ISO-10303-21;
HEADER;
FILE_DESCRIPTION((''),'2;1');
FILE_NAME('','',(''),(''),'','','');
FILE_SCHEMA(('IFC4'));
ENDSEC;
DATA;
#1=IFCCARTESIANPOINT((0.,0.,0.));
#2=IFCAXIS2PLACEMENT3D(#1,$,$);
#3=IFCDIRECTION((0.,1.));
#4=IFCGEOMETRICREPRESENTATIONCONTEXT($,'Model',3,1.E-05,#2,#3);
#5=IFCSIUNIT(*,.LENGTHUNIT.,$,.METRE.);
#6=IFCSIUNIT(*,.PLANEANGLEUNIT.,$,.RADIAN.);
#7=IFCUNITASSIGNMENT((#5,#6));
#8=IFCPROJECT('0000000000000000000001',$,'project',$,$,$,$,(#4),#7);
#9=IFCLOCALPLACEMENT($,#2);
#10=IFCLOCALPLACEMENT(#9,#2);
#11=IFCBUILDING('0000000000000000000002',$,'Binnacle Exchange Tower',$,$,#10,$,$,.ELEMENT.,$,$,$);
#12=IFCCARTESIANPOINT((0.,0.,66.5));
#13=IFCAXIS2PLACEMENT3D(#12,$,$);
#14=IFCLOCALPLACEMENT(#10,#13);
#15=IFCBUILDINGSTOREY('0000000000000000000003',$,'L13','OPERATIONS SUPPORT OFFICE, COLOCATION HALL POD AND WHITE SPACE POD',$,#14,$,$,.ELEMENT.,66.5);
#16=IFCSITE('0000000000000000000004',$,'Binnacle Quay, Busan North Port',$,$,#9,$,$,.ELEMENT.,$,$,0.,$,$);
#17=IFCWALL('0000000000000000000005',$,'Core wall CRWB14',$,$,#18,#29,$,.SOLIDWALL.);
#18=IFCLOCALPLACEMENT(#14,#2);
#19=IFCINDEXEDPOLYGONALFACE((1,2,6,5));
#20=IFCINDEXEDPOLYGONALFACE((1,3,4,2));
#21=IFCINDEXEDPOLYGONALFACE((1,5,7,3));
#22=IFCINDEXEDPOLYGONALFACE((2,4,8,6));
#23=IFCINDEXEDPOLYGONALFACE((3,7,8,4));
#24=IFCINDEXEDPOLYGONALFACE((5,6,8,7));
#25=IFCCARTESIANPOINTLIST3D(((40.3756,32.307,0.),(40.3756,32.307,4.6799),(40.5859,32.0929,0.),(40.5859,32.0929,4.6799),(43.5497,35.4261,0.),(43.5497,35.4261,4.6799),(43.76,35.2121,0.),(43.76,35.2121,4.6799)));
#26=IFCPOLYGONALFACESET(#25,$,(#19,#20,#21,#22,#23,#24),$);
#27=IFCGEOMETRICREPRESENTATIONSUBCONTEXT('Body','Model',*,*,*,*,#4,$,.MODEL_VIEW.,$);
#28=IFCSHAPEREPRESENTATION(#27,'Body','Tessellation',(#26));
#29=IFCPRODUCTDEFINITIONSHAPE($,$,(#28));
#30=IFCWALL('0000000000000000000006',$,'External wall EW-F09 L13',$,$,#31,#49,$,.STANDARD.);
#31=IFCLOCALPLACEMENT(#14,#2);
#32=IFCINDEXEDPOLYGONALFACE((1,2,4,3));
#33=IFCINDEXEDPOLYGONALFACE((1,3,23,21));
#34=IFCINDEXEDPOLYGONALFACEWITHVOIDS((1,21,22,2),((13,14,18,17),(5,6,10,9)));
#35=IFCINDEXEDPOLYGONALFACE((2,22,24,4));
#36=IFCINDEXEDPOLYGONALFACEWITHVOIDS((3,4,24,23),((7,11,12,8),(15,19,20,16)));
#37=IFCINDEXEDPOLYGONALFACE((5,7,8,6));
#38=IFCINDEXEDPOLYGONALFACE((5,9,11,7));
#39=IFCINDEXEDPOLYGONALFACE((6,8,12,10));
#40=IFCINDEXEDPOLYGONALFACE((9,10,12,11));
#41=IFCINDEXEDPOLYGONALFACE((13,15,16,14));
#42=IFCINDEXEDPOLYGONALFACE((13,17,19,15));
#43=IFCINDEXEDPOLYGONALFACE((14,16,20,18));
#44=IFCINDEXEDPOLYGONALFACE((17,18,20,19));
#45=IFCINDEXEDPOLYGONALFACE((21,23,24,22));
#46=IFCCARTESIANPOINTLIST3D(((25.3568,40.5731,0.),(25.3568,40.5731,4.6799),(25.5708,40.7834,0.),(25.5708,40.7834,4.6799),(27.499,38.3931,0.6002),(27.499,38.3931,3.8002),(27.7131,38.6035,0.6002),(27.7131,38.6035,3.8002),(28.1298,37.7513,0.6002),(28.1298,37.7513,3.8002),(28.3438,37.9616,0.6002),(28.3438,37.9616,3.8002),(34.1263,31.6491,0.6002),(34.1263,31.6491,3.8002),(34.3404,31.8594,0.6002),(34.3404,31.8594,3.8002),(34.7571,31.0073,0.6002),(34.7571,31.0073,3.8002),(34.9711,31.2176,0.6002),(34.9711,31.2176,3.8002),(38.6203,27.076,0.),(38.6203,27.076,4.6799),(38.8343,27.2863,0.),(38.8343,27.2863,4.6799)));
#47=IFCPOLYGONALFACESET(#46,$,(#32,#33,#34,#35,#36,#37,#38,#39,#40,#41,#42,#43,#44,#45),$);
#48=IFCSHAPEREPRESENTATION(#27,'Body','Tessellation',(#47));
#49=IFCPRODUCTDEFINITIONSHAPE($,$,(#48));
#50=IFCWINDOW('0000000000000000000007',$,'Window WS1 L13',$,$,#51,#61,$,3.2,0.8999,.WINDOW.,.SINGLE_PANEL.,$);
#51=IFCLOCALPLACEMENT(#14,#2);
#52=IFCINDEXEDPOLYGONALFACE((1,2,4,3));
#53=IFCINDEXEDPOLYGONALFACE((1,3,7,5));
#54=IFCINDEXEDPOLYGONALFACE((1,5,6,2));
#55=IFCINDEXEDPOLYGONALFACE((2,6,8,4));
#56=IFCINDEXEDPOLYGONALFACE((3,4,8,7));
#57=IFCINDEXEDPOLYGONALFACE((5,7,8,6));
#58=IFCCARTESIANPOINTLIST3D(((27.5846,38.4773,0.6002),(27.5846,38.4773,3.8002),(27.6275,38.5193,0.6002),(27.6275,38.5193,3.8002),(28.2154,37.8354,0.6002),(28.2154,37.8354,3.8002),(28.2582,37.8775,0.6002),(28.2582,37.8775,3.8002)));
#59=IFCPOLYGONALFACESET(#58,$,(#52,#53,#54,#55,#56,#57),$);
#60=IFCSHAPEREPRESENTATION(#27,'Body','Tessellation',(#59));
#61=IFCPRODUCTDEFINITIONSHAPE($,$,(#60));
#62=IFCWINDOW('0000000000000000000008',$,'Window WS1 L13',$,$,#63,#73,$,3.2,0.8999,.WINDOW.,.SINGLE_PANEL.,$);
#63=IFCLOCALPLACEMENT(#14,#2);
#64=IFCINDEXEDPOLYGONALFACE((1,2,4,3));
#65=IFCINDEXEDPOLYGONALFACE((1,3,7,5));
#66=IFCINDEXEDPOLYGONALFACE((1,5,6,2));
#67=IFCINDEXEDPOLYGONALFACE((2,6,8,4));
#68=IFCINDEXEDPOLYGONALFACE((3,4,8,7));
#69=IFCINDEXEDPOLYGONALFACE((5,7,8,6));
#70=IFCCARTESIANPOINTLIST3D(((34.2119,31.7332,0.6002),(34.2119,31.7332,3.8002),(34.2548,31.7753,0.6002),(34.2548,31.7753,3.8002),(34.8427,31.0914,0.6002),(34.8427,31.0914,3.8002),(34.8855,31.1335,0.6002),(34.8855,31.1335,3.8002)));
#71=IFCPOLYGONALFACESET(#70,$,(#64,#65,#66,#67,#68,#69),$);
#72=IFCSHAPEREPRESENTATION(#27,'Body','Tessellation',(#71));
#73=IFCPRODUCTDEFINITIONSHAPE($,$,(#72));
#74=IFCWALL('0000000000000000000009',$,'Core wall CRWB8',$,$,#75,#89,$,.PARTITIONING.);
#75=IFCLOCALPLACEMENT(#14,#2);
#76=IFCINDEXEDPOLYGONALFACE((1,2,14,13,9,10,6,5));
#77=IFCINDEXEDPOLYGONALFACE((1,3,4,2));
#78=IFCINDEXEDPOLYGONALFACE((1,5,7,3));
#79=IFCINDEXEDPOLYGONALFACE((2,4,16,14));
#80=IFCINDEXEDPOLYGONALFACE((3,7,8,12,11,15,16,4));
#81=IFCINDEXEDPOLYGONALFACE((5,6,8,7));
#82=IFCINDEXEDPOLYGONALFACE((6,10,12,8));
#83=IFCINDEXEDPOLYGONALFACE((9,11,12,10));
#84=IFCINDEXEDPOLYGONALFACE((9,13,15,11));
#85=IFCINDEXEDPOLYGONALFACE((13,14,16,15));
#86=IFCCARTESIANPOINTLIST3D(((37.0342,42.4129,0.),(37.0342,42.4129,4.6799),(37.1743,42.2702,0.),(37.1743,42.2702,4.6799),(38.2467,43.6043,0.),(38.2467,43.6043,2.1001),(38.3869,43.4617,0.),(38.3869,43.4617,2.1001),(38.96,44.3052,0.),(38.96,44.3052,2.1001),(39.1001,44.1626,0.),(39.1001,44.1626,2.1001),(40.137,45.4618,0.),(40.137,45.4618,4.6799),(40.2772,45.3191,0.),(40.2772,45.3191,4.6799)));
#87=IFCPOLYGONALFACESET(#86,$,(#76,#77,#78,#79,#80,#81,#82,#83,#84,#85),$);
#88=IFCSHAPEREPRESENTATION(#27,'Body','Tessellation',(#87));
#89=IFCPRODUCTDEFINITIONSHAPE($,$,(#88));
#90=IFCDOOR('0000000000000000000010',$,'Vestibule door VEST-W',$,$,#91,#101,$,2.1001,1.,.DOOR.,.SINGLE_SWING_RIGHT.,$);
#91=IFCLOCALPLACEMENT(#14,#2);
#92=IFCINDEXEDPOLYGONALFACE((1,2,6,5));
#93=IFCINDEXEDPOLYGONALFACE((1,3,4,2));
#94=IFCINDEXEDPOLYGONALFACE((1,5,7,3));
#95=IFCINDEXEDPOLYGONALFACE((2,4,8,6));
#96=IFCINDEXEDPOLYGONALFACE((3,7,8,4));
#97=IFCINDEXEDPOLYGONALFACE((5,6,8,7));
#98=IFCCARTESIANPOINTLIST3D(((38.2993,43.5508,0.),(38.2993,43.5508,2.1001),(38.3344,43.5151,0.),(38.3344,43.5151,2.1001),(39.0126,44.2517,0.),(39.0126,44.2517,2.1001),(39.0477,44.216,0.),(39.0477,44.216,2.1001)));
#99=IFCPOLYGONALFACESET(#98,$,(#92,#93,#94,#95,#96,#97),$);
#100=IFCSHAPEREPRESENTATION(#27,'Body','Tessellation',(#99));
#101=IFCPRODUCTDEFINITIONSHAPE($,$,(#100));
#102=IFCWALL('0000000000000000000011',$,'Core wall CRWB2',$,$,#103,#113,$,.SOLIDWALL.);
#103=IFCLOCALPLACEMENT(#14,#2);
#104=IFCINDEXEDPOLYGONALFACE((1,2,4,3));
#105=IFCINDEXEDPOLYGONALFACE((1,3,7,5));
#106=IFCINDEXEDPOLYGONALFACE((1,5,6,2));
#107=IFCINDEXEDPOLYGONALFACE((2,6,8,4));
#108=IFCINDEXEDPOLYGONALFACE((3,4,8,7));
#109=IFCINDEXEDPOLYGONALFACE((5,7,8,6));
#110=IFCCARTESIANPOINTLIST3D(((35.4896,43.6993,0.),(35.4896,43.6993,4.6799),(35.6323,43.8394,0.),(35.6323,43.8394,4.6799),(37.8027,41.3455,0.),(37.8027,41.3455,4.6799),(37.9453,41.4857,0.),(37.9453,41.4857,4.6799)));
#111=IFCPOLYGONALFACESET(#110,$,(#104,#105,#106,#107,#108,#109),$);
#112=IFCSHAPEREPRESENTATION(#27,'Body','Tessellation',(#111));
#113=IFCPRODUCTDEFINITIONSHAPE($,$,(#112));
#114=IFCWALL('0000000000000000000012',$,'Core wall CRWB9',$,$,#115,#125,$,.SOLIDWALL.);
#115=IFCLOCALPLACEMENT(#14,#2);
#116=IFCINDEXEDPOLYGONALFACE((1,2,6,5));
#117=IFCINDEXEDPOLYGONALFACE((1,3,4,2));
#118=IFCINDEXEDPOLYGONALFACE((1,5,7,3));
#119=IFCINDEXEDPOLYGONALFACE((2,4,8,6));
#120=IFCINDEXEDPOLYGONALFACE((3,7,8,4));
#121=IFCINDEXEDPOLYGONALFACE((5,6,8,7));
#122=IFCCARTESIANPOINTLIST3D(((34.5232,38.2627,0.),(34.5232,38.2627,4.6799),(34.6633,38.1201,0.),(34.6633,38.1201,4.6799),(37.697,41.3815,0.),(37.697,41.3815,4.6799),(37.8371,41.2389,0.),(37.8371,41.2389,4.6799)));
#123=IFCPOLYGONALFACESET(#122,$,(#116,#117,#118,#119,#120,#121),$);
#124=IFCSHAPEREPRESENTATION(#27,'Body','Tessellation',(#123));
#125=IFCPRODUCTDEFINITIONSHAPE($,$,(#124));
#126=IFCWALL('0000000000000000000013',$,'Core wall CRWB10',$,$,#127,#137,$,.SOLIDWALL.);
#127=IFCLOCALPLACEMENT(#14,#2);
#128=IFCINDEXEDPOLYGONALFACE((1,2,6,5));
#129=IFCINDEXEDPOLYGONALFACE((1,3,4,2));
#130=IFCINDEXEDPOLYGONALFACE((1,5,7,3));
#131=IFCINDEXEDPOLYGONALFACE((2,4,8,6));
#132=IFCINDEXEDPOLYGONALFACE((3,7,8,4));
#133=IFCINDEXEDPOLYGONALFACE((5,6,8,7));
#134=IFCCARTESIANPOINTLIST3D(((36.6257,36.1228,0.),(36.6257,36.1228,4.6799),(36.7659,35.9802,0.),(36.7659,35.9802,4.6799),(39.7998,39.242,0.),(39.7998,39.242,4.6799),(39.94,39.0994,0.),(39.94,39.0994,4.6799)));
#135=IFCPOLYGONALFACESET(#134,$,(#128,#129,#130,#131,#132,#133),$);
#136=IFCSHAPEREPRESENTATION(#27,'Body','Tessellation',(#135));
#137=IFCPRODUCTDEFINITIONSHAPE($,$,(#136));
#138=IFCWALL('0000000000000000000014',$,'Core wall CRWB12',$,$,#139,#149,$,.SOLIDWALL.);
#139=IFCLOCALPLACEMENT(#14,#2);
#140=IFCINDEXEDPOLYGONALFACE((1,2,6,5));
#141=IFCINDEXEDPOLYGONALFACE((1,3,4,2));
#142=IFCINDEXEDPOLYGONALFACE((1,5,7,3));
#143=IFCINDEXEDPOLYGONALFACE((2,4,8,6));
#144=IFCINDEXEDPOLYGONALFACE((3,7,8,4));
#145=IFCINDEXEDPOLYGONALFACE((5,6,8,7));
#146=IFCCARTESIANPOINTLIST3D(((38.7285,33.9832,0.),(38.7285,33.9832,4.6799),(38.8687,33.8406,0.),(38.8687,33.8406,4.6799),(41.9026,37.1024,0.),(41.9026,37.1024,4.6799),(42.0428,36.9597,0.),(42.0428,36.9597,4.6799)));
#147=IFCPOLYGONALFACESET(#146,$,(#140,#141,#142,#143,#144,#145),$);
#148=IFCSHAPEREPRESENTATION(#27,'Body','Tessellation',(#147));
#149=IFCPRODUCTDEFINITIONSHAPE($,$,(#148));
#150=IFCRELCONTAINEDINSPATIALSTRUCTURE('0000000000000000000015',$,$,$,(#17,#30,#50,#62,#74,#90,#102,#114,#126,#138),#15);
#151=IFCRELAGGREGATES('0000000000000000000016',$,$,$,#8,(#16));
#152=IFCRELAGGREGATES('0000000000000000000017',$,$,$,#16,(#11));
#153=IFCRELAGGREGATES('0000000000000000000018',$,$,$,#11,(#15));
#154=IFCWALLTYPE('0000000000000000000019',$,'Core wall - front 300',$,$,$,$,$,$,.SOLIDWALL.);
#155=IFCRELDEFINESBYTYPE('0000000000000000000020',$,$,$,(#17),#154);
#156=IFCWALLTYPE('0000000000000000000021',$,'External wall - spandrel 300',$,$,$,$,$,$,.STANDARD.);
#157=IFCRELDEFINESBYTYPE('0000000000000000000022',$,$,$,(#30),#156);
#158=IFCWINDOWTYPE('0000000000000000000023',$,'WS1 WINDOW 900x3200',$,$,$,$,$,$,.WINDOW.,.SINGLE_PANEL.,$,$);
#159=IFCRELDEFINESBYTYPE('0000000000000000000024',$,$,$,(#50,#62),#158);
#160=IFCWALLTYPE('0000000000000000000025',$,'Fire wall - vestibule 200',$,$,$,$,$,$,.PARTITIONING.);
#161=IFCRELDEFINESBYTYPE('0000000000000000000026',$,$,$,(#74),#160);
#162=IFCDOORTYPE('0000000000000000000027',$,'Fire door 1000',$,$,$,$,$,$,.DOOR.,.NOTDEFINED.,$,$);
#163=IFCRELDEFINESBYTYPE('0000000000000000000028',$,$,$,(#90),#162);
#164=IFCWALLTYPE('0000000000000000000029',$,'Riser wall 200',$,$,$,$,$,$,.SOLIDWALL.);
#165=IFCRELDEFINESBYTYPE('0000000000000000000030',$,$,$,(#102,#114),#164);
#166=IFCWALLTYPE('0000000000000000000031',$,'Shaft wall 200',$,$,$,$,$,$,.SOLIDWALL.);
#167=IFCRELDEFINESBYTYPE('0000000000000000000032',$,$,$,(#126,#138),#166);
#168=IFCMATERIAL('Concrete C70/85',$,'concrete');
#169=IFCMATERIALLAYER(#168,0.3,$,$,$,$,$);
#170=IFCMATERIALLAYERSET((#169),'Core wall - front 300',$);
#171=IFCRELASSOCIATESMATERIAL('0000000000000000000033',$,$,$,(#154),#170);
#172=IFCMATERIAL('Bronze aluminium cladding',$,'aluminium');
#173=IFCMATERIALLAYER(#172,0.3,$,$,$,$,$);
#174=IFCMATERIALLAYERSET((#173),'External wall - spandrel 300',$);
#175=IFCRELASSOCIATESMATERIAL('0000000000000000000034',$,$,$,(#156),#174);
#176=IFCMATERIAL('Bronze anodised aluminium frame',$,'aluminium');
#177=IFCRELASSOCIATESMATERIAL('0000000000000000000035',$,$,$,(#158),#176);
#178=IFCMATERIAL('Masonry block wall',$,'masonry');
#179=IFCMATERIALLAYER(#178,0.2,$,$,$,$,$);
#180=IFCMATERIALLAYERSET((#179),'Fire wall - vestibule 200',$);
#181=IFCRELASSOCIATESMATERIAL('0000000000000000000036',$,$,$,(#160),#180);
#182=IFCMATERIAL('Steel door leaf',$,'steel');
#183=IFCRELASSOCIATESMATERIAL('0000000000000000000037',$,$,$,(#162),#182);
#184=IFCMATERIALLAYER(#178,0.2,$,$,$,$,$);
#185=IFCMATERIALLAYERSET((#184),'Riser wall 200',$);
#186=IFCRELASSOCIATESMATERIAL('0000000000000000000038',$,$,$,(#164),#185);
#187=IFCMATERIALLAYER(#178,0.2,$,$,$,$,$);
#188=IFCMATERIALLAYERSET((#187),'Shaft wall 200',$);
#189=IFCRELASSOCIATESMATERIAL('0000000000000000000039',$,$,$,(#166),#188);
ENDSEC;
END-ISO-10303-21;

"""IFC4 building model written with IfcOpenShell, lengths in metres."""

from ifc_helpers import new_model, si_unit, direction, frame, frame_2d, origin, place, context, subcontext, project, spatial, rectangle, extrude, material, layer, layer_set, type_object, element, fill, save


model = new_model("IFC4")

# Units and contexts
model_context = context("Model", 3, precision=1e-05, world=origin(), true_north=direction((0.0, 1.0)))
body_context = subcontext(model_context, "Body", "Model", "MODEL_VIEW")
ifc_project = project(units=[si_unit("LENGTHUNIT", "METRE"), si_unit("PLANEANGLEUNIT", "RADIAN")], contexts=[model_context])

# Site, building, storey
site_placement = place(None, origin())
site = spatial("IfcSite", under=ifc_project, at=site_placement, Name="Binnacle Quay, Busan North Port", CompositionType="ELEMENT", RefElevation=0.0)
building_placement = place(site_placement, origin())
building = spatial("IfcBuilding", under=site, at=building_placement, Name="Binnacle Exchange Tower", CompositionType="ELEMENT")
storey_placement = place(building_placement, frame((0.0, 0.0, 66.5)))
storey = spatial("IfcBuildingStorey", under=building, at=storey_placement, Name="L13", Description="OPERATIONS SUPPORT OFFICE, COLOCATION HALL POD AND WHITE SPACE POD", CompositionType="ELEMENT", Elevation=66.5)

# Shared definitions
ifc_material_1 = material(Name="Concrete C70/85", Category="concrete")

# Shared definitions
ifc_layer_1 = layer(ifc_material_1, 0.3)
ifc_layer_set_1 = layer_set([ifc_layer_1], Name="Core wall - front 300")
wall_type_1 = type_object("IfcWallType", Name="Core wall - front 300", PredefinedType="SOLIDWALL", material=ifc_layer_set_1)
ifc_material_2 = material(Name="Steel door leaf", Category="steel")

# Wall
wall_1_placement = place(storey_placement, frame((40.4807, 32.2, 0.0), z_axis=(0.0, 0.0, 1.0), x_axis=(0.713252, 0.700908, 0.0)))
element("IfcWall", 1, at=wall_1_placement, inside=storey, type_object=wall_type_1, Name="Core wall CRWB14", PredefinedType="SOLIDWALL", context=body_context, shape_type="SweptSolid", body=[
    extrude(rectangle(XDim=4.4502, YDim=0.3, at=frame_2d((2.2251, 0.0))), origin(), (0.0, 0.0, 1.0), 4.6799),
])

# Wall, openings, windows
ifc_material_3 = material(Name="Bronze aluminium cladding", Category="aluminium")
ifc_layer_2 = layer(ifc_material_3, 0.3)
ifc_layer_set_2 = layer_set([ifc_layer_2], Name="External wall - spandrel 300")
wall_type_2 = type_object("IfcWallType", Name="External wall - spandrel 300", PredefinedType="STANDARD", material=ifc_layer_set_2)
wall_2_placement = place(storey_placement, frame((38.7273, 27.1812, 0.0), z_axis=(0.0, 0.0, 1.0), x_axis=(-0.700906, 0.713253, 0.0)))
wall_2 = element("IfcWall", 2, at=wall_2_placement, inside=storey, type_object=wall_type_2, Name="External wall EW-F09 L13", PredefinedType="STANDARD", context=body_context, shape_type="SweptSolid", body=[
    extrude(rectangle(XDim=18.9233, YDim=0.3, at=frame_2d((9.4617, 0.0))), origin(), (0.0, 0.0, 1.0), 4.6799),
])
opening_1_placement = place(wall_2_placement, frame((14.967, 0.0, 0.6001)))
opening_1 = element("IfcOpeningElement", 3, at=opening_1_placement, cuts=wall_2, PredefinedType="OPENING", context=body_context, shape_type="SweptSolid", body=[
    extrude(rectangle(XDim=0.8999, YDim=3.2, at=frame_2d((0.45, 1.6001))), frame((0.0, 0.1599, 0.0), z_axis=(0.0, -1.0, 0.0), x_axis=(1.0, 0.0, 0.0)), (0.0, 0.0, 1.0), 0.3201),
])
opening_2_placement = place(wall_2_placement, frame((5.5117, 0.0, 0.6001)))
opening_2 = element("IfcOpeningElement", 4, at=opening_2_placement, cuts=wall_2, PredefinedType="OPENING", context=body_context, shape_type="SweptSolid", body=[
    extrude(rectangle(XDim=0.8999, YDim=3.2, at=frame_2d((0.45, 1.6001))), frame((0.0, 0.1599, 0.0), z_axis=(0.0, -1.0, 0.0), x_axis=(1.0, 0.0, 0.0)), (0.0, 0.0, 1.0), 0.3201),
])
ifc_material_4 = material(Name="Bronze anodised aluminium frame", Category="aluminium")
window_type = type_object("IfcWindowType", Name="WS1 WINDOW 900x3200", PartitioningType="SINGLE_PANEL", PredefinedType="WINDOW", material=ifc_material_4)
window_1_placement = place(opening_1_placement, origin())
window_1 = element("IfcWindow", 5, at=window_1_placement, inside=storey, type_object=window_type, Name="Window WS1 L13", OverallHeight=3.2, OverallWidth=0.8999, PartitioningType="SINGLE_PANEL", PredefinedType="WINDOW", context=body_context, shape_type="SweptSolid", body=[
    extrude(rectangle(XDim=0.8999, YDim=3.2, at=frame_2d((0.45, 1.6001))), frame((0.0, 0.03, 0.0), z_axis=(0.0, -1.0, 0.0), x_axis=(1.0, 0.0, 0.0)), (0.0, 0.0, 1.0), 0.0601),
])
fill(opening_1, window_1)
window_2_placement = place(opening_2_placement, origin())
window_2 = element("IfcWindow", 6, at=window_2_placement, inside=storey, type_object=window_type, Name="Window WS1 L13", OverallHeight=3.2, OverallWidth=0.8999, PartitioningType="SINGLE_PANEL", PredefinedType="WINDOW", context=body_context, shape_type="SweptSolid", body=[
    extrude(rectangle(XDim=0.8999, YDim=3.2, at=frame_2d((0.45, 1.6001))), frame((0.0, 0.03, 0.0), z_axis=(0.0, -1.0, 0.0), x_axis=(1.0, 0.0, 0.0)), (0.0, 0.0, 1.0), 0.0601),
])
fill(opening_2, window_2)

# Wall, opening, door
ifc_material_5 = material(Name="Masonry block wall", Category="masonry")
ifc_layer_3 = layer(ifc_material_5, 0.2)
ifc_layer_set_3 = layer_set([ifc_layer_3], Name="Fire wall - vestibule 200")
wall_type_3 = type_object("IfcWallType", Name="Fire wall - vestibule 200", PredefinedType="PARTITIONING", material=ifc_layer_set_3)
wall_3_placement = place(storey_placement, frame((37.1042, 42.3416, 0.0), z_axis=(0.0, 0.0, 1.0), x_axis=(0.713281, 0.700878, 0.0)))
wall_3 = element("IfcWall", 7, at=wall_3_placement, inside=storey, type_object=wall_type_3, Name="Core wall CRWB8", PredefinedType="PARTITIONING", context=body_context, shape_type="SweptSolid", body=[
    extrude(rectangle(XDim=4.3501, YDim=0.2, at=frame_2d((2.175, 0.0))), origin(), (0.0, 0.0, 1.0), 4.6799),
])
opening_3_placement = place(wall_3_placement, frame((1.7, 0.0, 0.0)))
opening_3 = element("IfcOpeningElement", 8, at=opening_3_placement, cuts=wall_3, PredefinedType="OPENING", context=body_context, shape_type="SweptSolid", body=[
    extrude(rectangle(XDim=1.0, YDim=2.1001, at=frame_2d((0.5, 1.05))), frame((0.0, 0.1099, 0.0), z_axis=(0.0, -1.0, 0.0), x_axis=(1.0, 0.0, 0.0)), (0.0, 0.0, 1.0), 0.22),
])
door_type_1 = type_object("IfcDoorType", Name="Fire door 1000", OperationType="NOTDEFINED", PredefinedType="DOOR", material=ifc_material_2)
door_1_placement = place(opening_3_placement, origin())
door_1 = element("IfcDoor", 9, at=door_1_placement, inside=storey, type_object=door_type_1, Name="Vestibule door VEST-W", OperationType="SINGLE_SWING_RIGHT", OverallHeight=2.1001, OverallWidth=1.0, PredefinedType="DOOR", context=body_context, shape_type="SweptSolid", body=[
    extrude(rectangle(XDim=1.0, YDim=2.1001, at=frame_2d((0.5, 1.05))), frame((0.0, 0.0249, 0.0), z_axis=(0.0, -1.0, 0.0), x_axis=(1.0, 0.0, 0.0)), (0.0, 0.0, 1.0), 0.05),
])
fill(opening_3, door_1)

# Walls
ifc_layer_4 = layer(ifc_material_5, 0.2)
ifc_layer_set_4 = layer_set([ifc_layer_4], Name="Riser wall 200")
wall_type_4 = type_object("IfcWallType", Name="Riser wall 200", PredefinedType="SOLIDWALL", material=ifc_layer_set_4)
wall_4_placement = place(storey_placement, frame((35.561, 43.7693, 0.0), z_axis=(0.0, 0.0, 1.0), x_axis=(0.700902, -0.713257, 0.0)))
element("IfcWall", 10, at=wall_4_placement, inside=storey, type_object=wall_type_4, Name="Core wall CRWB2", PredefinedType="SOLIDWALL", context=body_context, shape_type="SweptSolid", body=[
    extrude(rectangle(XDim=3.3, YDim=0.2, at=frame_2d((1.6499, 0.0))), origin(), (0.0, 0.0, 1.0), 4.6799),
])
wall_5_placement = place(storey_placement, frame((34.5933, 38.1914, 0.0), z_axis=(0.0, 0.0, 1.0), x_axis=(0.713252, 0.700907, 0.0)))
element("IfcWall", 11, at=wall_5_placement, inside=storey, type_object=wall_type_4, Name="Core wall CRWB9", PredefinedType="SOLIDWALL", context=body_context, shape_type="SweptSolid", body=[
    extrude(rectangle(XDim=4.4497, YDim=0.2, at=frame_2d((2.2249, 0.0))), origin(), (0.0, 0.0, 1.0), 4.6799),
])
ifc_layer_5 = layer(ifc_material_5, 0.2)
ifc_layer_set_5 = layer_set([ifc_layer_5], Name="Shaft wall 200")
wall_type_5 = type_object("IfcWallType", Name="Shaft wall 200", PredefinedType="SOLIDWALL", material=ifc_layer_set_5)
for number, where, z_axis, x_axis, name in (
    (12, (36.6958, 36.0515, 0.0), (0.0, 0.0, 1.0), (0.713252, 0.700908, 0.0), "Core wall CRWB10"),
    (13, (38.7986, 33.9119, 0.0), (0.0, 0.0, 1.0), (0.713252, 0.700908, 0.0), "Core wall CRWB12"),
):
    element("IfcWall", number, at=place(storey_placement, frame(where, z_axis=z_axis, x_axis=x_axis)), inside=storey, type_object=wall_type_5, Name=name, PredefinedType="SOLIDWALL", context=body_context, shape_type="SweptSolid", body=[
        extrude(rectangle(XDim=4.4502, YDim=0.2, at=frame_2d((2.2251, 0.0))), origin(), (0.0, 0.0, 1.0), 4.6799),
    ])

save(model, "model.ifc")
